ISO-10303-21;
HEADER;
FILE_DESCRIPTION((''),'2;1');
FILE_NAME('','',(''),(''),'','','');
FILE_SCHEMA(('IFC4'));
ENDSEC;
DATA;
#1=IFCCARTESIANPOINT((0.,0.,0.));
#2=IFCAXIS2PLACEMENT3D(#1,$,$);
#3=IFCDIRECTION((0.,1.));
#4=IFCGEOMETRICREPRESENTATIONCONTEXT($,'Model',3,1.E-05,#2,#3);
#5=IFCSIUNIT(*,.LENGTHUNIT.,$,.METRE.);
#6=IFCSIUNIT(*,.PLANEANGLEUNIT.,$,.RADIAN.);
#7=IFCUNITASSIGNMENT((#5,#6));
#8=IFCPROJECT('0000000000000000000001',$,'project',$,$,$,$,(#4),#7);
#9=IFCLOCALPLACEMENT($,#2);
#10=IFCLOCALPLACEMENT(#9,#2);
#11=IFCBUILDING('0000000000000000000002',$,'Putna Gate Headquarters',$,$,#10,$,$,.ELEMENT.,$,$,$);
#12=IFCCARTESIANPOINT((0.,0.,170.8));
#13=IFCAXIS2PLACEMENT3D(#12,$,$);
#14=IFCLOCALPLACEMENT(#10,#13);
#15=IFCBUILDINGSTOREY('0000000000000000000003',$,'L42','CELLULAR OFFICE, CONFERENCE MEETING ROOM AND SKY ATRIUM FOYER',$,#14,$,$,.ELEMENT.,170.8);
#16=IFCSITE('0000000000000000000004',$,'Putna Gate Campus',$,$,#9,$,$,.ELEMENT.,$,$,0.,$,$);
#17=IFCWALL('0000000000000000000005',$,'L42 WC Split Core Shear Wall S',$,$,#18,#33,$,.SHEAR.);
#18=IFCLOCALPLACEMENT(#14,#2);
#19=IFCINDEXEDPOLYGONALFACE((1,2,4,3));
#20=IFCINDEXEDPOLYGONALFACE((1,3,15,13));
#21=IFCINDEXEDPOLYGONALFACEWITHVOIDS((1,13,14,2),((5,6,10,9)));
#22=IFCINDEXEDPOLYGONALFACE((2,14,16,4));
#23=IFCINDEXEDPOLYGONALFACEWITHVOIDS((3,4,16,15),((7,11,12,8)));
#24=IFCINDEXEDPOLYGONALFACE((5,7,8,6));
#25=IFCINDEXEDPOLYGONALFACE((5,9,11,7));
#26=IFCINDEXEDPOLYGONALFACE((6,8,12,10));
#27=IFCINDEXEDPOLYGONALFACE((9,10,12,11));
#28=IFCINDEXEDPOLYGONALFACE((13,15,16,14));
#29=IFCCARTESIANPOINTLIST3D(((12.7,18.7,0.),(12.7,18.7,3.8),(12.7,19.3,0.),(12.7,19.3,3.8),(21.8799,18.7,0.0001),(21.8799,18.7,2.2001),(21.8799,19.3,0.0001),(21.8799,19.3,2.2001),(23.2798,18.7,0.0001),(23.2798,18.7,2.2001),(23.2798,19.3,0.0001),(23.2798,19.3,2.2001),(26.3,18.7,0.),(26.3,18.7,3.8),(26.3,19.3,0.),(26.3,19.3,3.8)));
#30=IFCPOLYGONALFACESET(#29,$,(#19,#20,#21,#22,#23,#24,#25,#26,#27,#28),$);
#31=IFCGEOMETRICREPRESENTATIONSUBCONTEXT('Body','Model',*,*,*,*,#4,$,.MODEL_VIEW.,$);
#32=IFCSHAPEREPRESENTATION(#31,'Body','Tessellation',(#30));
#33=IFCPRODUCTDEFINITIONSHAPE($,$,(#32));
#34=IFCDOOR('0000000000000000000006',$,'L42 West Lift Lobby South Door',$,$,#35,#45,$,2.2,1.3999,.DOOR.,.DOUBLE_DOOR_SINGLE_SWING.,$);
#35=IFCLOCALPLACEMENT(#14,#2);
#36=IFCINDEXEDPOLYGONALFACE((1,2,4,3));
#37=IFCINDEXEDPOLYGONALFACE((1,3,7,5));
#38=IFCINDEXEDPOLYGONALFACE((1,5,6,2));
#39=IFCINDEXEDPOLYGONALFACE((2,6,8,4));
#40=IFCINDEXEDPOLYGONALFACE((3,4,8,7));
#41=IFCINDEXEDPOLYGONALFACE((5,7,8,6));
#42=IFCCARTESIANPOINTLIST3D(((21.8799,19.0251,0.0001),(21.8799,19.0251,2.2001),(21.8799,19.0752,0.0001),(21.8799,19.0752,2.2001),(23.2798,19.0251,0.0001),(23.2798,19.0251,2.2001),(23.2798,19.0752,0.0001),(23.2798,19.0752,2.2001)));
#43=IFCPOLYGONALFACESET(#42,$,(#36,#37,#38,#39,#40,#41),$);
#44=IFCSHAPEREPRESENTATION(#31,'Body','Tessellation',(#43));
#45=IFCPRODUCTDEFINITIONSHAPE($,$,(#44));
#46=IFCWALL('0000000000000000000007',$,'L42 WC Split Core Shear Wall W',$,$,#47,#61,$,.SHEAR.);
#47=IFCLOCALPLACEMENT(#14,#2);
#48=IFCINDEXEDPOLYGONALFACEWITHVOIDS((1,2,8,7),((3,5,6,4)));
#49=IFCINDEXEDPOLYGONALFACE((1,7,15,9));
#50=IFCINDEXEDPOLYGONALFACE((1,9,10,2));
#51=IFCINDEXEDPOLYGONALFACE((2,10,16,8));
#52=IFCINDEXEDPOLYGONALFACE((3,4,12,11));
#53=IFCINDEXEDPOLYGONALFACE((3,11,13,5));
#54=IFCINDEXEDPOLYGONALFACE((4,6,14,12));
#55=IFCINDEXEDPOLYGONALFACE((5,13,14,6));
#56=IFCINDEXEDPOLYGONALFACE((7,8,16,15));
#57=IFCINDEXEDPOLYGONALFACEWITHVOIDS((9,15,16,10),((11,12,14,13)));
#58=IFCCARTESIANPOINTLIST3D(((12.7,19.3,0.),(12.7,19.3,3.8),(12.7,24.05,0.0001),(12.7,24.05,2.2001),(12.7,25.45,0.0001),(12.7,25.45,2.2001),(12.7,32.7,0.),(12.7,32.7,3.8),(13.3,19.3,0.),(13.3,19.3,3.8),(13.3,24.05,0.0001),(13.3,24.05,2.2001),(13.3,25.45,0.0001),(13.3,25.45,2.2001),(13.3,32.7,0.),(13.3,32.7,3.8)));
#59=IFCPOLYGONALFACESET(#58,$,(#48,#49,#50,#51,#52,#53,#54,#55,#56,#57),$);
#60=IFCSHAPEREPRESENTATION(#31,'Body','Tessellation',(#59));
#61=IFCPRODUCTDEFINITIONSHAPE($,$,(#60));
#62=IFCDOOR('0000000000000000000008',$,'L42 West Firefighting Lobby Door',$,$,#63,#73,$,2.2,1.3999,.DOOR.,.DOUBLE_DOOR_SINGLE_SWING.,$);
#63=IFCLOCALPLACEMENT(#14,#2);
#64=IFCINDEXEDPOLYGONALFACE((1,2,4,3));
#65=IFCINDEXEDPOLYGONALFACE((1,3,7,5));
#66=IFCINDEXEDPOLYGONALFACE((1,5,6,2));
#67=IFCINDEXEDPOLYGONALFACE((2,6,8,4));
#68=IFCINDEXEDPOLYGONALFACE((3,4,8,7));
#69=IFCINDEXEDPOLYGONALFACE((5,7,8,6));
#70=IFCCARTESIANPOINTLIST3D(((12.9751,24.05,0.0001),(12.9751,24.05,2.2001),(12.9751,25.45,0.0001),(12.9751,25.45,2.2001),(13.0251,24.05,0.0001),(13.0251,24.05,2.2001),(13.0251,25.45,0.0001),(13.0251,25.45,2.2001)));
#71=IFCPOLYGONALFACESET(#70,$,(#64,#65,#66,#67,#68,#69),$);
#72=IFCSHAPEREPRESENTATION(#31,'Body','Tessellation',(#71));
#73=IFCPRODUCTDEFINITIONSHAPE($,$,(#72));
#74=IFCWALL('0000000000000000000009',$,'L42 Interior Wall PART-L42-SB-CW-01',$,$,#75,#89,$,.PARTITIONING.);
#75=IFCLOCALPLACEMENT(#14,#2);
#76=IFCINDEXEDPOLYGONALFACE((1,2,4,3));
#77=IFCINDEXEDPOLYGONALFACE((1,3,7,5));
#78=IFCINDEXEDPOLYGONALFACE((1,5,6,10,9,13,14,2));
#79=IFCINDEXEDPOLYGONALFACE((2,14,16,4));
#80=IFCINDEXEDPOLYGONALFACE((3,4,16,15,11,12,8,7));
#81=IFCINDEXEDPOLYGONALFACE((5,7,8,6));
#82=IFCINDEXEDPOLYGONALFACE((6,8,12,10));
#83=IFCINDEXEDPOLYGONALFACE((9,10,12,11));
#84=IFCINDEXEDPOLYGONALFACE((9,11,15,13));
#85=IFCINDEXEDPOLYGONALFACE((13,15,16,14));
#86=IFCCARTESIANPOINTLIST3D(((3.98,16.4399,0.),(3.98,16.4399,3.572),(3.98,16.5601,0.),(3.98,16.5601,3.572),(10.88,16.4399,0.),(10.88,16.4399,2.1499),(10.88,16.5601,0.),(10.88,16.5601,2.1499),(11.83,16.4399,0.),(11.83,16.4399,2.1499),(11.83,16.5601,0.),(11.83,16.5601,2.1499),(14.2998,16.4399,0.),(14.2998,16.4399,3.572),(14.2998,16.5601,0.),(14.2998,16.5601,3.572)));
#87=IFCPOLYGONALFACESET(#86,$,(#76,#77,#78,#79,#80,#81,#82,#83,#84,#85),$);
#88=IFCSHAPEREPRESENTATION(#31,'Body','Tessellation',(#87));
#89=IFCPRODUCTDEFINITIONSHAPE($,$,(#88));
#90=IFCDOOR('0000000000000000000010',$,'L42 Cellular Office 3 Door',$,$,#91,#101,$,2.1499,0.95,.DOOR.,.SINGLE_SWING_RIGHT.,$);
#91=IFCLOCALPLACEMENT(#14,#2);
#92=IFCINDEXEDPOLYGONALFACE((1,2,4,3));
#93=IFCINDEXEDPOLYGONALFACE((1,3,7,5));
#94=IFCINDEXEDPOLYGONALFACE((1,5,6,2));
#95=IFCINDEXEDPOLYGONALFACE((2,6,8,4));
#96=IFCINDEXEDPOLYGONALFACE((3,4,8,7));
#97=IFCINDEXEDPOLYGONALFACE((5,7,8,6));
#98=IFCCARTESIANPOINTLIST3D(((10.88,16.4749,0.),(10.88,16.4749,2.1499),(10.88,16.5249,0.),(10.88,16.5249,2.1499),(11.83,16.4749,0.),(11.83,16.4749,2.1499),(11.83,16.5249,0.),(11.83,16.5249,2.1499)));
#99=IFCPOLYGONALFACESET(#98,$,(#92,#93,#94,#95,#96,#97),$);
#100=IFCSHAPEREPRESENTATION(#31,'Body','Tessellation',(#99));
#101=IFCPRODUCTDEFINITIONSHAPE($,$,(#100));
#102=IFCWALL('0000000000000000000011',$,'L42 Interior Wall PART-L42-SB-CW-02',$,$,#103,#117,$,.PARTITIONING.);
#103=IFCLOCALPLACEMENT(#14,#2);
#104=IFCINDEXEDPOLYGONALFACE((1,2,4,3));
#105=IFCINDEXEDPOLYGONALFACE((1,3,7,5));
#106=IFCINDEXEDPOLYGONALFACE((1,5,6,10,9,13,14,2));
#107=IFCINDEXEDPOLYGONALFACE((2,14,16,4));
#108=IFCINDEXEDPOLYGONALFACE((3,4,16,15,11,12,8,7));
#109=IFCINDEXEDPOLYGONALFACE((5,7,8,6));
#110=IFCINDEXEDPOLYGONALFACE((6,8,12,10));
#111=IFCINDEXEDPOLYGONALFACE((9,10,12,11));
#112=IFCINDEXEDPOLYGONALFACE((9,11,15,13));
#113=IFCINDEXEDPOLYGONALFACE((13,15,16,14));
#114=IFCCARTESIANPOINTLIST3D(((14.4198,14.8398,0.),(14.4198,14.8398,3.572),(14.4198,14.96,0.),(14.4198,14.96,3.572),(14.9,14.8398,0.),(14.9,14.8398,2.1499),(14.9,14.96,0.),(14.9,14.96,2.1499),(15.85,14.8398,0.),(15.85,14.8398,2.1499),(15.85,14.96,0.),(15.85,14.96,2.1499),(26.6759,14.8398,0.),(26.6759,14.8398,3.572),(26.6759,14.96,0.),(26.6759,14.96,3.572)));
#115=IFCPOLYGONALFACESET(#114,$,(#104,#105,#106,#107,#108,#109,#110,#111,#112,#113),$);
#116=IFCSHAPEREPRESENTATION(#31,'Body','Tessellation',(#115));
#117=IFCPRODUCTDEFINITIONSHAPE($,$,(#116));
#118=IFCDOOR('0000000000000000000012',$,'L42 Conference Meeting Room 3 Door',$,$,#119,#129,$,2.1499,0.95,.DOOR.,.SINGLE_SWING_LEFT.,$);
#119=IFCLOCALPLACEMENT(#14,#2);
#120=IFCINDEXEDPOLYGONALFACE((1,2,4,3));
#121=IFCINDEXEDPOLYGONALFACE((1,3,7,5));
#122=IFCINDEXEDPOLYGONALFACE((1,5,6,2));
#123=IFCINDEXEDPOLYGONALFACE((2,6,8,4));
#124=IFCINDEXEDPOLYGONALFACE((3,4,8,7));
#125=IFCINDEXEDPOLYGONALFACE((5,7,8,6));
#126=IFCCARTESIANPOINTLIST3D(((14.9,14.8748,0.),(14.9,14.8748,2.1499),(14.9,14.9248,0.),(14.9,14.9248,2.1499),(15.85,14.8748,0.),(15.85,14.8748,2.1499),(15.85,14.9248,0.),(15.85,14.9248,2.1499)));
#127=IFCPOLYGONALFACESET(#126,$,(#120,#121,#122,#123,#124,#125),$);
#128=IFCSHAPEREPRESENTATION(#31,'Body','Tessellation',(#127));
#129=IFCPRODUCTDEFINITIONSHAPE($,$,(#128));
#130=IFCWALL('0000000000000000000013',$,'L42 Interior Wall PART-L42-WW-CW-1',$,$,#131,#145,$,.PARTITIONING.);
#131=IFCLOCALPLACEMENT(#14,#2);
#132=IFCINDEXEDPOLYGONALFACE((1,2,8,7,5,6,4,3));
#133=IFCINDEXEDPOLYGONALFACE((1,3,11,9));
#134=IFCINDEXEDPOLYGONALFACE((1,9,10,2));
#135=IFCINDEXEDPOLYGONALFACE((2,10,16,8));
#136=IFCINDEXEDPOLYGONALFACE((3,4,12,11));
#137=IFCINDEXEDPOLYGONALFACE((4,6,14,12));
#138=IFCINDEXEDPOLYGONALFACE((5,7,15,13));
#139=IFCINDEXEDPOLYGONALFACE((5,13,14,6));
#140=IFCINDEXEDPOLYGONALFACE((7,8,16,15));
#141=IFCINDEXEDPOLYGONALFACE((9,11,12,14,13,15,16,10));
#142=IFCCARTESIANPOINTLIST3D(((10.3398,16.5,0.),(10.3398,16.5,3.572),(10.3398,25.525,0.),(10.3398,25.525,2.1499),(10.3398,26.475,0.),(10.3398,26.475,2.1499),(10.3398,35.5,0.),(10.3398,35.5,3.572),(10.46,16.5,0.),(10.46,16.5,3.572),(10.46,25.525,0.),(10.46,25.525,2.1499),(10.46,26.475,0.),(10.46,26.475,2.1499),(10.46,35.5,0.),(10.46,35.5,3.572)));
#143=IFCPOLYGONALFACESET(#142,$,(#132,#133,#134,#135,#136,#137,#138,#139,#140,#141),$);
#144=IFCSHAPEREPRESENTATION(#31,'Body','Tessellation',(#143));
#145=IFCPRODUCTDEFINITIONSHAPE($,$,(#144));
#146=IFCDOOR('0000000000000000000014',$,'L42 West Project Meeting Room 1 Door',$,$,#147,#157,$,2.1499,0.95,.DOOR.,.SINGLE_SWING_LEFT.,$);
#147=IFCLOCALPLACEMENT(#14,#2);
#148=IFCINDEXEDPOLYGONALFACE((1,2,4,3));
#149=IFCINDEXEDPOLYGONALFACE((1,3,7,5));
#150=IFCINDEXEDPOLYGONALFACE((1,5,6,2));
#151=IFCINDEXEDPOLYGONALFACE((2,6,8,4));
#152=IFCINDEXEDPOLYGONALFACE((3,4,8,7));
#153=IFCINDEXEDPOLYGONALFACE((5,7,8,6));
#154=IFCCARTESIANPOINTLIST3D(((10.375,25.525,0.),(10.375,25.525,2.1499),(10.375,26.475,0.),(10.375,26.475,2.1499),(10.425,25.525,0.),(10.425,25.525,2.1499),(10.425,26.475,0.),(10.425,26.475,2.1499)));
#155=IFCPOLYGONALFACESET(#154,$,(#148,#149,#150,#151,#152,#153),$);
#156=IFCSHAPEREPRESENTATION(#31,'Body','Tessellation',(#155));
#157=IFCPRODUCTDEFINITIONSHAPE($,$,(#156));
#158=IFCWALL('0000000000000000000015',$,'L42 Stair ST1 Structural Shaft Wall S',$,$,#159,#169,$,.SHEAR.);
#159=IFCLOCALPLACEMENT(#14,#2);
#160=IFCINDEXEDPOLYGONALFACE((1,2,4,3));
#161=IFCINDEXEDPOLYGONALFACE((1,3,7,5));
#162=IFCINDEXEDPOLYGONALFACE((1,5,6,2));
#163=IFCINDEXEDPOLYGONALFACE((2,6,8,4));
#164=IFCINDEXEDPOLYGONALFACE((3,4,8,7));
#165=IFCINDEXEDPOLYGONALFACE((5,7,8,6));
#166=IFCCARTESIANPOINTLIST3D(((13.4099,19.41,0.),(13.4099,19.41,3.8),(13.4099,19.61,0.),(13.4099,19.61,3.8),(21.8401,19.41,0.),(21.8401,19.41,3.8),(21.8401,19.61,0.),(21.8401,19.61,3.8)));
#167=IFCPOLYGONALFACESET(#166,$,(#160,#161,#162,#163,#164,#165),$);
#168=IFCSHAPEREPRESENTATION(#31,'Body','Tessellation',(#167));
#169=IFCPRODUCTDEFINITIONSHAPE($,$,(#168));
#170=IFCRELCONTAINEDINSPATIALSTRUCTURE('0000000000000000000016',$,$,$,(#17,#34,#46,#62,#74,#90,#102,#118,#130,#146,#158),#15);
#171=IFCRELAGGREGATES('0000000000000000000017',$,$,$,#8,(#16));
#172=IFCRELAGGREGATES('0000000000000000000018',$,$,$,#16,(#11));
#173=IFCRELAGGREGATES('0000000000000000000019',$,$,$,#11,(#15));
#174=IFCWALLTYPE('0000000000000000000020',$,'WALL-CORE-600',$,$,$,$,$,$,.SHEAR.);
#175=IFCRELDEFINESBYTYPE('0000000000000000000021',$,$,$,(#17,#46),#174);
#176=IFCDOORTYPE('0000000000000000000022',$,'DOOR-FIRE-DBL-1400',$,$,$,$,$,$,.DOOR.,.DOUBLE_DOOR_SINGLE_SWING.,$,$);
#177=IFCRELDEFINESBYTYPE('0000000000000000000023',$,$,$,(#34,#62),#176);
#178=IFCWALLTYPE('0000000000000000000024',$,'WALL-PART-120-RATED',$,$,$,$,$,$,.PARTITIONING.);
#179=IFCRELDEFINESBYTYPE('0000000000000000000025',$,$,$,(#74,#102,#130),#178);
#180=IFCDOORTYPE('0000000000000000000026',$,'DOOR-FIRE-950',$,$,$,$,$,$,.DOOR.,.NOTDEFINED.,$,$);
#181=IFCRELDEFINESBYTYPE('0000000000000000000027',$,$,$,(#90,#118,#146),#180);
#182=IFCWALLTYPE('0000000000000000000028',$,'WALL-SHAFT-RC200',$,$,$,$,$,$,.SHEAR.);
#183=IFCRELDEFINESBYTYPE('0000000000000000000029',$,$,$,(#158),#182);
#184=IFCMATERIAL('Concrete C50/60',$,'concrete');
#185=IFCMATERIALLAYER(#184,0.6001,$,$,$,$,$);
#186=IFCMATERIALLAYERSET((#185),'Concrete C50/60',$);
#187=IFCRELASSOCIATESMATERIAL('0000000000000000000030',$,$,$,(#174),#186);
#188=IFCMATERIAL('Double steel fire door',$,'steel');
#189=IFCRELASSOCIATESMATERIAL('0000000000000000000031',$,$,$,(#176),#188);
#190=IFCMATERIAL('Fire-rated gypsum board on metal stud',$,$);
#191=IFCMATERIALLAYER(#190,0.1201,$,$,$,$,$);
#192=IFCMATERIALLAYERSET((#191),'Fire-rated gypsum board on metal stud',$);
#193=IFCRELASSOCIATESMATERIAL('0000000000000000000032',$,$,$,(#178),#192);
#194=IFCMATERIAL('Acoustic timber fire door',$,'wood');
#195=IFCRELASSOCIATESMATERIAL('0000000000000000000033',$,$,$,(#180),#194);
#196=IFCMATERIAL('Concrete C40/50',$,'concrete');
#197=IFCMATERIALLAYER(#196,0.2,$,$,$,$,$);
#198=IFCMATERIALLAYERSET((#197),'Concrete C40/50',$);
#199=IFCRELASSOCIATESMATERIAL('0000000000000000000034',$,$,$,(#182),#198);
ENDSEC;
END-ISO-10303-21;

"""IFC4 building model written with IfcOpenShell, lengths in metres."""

from ifc_helpers import new_model, si_unit, direction, frame, frame_2d, origin, place, context, subcontext, project, spatial, rectangle, extrude, material, layer, layer_set, type_object, element, fill, save


model = new_model("IFC4")

# Units and contexts
model_context = context("Model", 3, precision=1e-05, world=origin(), true_north=direction((0.0, 1.0)))
body_context = subcontext(model_context, "Body", "Model", "MODEL_VIEW")
ifc_project = project(units=[si_unit("LENGTHUNIT", "METRE"), si_unit("PLANEANGLEUNIT", "RADIAN")], contexts=[model_context])

# Site, building, storey
site_placement = place(None, origin())
site = spatial("IfcSite", under=ifc_project, at=site_placement, Name="Putna Gate Campus", CompositionType="ELEMENT", RefElevation=0.0)
building_placement = place(site_placement, origin())
building = spatial("IfcBuilding", under=site, at=building_placement, Name="Putna Gate Headquarters", CompositionType="ELEMENT")
storey_placement = place(building_placement, frame((0.0, 0.0, 170.8)))
storey = spatial("IfcBuildingStorey", under=building, at=storey_placement, Name="L42", Description="CELLULAR OFFICE, CONFERENCE MEETING ROOM AND SKY ATRIUM FOYER", CompositionType="ELEMENT", Elevation=170.8)

# Shared definitions
ifc_material_1 = material(Name="Concrete C50/60", Category="concrete")

# Walls, openings, doors
ifc_layer_1 = layer(ifc_material_1, 0.6001)
ifc_layer_set_1 = layer_set([ifc_layer_1], Name="Concrete C50/60")
wall_type_1 = type_object("IfcWallType", Name="WALL-CORE-600", PredefinedType="SHEAR", material=ifc_layer_set_1)
wall_1_placement = place(storey_placement, frame((12.7, 19.0, 0.0), z_axis=(0.0, 0.0, 1.0), x_axis=(1.0, 0.0, 0.0)))
wall_1 = element("IfcWall", 1, at=wall_1_placement, inside=storey, type_object=wall_type_1, Name="L42 WC Split Core Shear Wall S", PredefinedType="SHEAR", context=body_context, shape_type="SweptSolid", body=[
    extrude(rectangle(XDim=13.6001, YDim=0.6001, at=frame_2d((6.8, 0.0))), origin(), (0.0, 0.0, 1.0), 3.8),
])
opening_1_placement = place(wall_1_placement, frame((9.1799, 0.0, 0.0)))
opening_1 = element("IfcOpeningElement", 2, at=opening_1_placement, cuts=wall_1, PredefinedType="OPENING", context=body_context, shape_type="SweptSolid", body=[
    extrude(rectangle(XDim=1.3999, YDim=2.2, at=frame_2d((0.7, 1.1001))), frame((0.0, 0.3101, 0.0), z_axis=(0.0, -1.0, 0.0), x_axis=(1.0, 0.0, 0.0)), (0.0, 0.0, 1.0), 0.6201),
])
ifc_material_2 = material(Name="Double steel fire door", Category="steel")
door_type_1 = type_object("IfcDoorType", Name="DOOR-FIRE-DBL-1400", OperationType="DOUBLE_DOOR_SINGLE_SWING", PredefinedType="DOOR", material=ifc_material_2)
door_1_placement = place(opening_1_placement, origin())
door_1 = element("IfcDoor", 3, at=door_1_placement, inside=storey, type_object=door_type_1, Name="L42 West Lift Lobby South Door", OperationType="DOUBLE_DOOR_SINGLE_SWING", OverallHeight=2.2, OverallWidth=1.3999, PredefinedType="DOOR", context=body_context, shape_type="SweptSolid", body=[
    extrude(rectangle(XDim=1.3999, YDim=2.2, at=frame_2d((0.7, 1.1001))), frame((0.0, 0.0752, 0.0), z_axis=(0.0, -1.0, 0.0), x_axis=(1.0, 0.0, 0.0)), (0.0, 0.0, 1.0), 0.05),
])
fill(opening_1, door_1)
wall_2_placement = place(storey_placement, frame((13.0, 19.3, 0.0), z_axis=(0.0, 0.0, 1.0), x_axis=(0.0, 1.0, 0.0)))
wall_2 = element("IfcWall", 4, at=wall_2_placement, inside=storey, type_object=wall_type_1, Name="L42 WC Split Core Shear Wall W", PredefinedType="SHEAR", context=body_context, shape_type="SweptSolid", body=[
    extrude(rectangle(XDim=13.3999, YDim=0.6001, at=frame_2d((6.7, 0.0))), origin(), (0.0, 0.0, 1.0), 3.8),
])
opening_2_placement = place(wall_2_placement, frame((4.75, 0.0, 0.0)))
opening_2 = element("IfcOpeningElement", 5, at=opening_2_placement, cuts=wall_2, PredefinedType="OPENING", context=body_context, shape_type="SweptSolid", body=[
    extrude(rectangle(XDim=1.3999, YDim=2.2, at=frame_2d((0.7, 1.1001))), frame((0.0, 0.3101, 0.0), z_axis=(0.0, -1.0, 0.0), x_axis=(1.0, 0.0, 0.0)), (0.0, 0.0, 1.0), 0.6201),
])
door_2_placement = place(opening_2_placement, origin())
door_2 = element("IfcDoor", 6, at=door_2_placement, inside=storey, type_object=door_type_1, Name="L42 West Firefighting Lobby Door", OperationType="DOUBLE_DOOR_SINGLE_SWING", OverallHeight=2.2, OverallWidth=1.3999, PredefinedType="DOOR", context=body_context, shape_type="SweptSolid", body=[
    extrude(rectangle(XDim=1.3999, YDim=2.2, at=frame_2d((0.7, 1.1001))), frame((0.0, 0.0249, 0.0), z_axis=(0.0, -1.0, 0.0), x_axis=(1.0, 0.0, 0.0)), (0.0, 0.0, 1.0), 0.05),
])
fill(opening_2, door_2)
ifc_material_3 = material(Name="Fire-rated gypsum board on metal stud")
ifc_layer_2 = layer(ifc_material_3, 0.1201)
ifc_layer_set_2 = layer_set([ifc_layer_2], Name="Fire-rated gypsum board on metal stud")
wall_type_2 = type_object("IfcWallType", Name="WALL-PART-120-RATED", PredefinedType="PARTITIONING", material=ifc_layer_set_2)
wall_3_placement = place(storey_placement, frame((3.98, 16.5, 0.0), z_axis=(0.0, 0.0, 1.0), x_axis=(1.0, 0.0, 0.0)))
wall_3 = element("IfcWall", 7, at=wall_3_placement, inside=storey, type_object=wall_type_2, Name="L42 Interior Wall PART-L42-SB-CW-01", PredefinedType="PARTITIONING", context=body_context, shape_type="SweptSolid", body=[
    extrude(rectangle(XDim=10.3198, YDim=0.1201, at=frame_2d((5.1599, 0.0))), origin(), (0.0, 0.0, 1.0), 3.572),
])
opening_3_placement = place(wall_3_placement, frame((6.8999, 0.0, 0.0)))
opening_3 = element("IfcOpeningElement", 8, at=opening_3_placement, cuts=wall_3, PredefinedType="OPENING", context=body_context, shape_type="SweptSolid", body=[
    extrude(rectangle(XDim=0.95, YDim=2.1499, at=frame_2d((0.4751, 1.075))), frame((0.0, 0.0701, 0.0), z_axis=(0.0, -1.0, 0.0), x_axis=(1.0, 0.0, 0.0)), (0.0, 0.0, 1.0), 0.1401),
])
ifc_material_4 = material(Name="Acoustic timber fire door", Category="wood")
door_type_2 = type_object("IfcDoorType", Name="DOOR-FIRE-950", OperationType="NOTDEFINED", PredefinedType="DOOR", material=ifc_material_4)
door_3_placement = place(opening_3_placement, origin())
door_3 = element("IfcDoor", 9, at=door_3_placement, inside=storey, type_object=door_type_2, Name="L42 Cellular Office 3 Door", OperationType="SINGLE_SWING_RIGHT", OverallHeight=2.1499, OverallWidth=0.95, PredefinedType="DOOR", context=body_context, shape_type="SweptSolid", body=[
    extrude(rectangle(XDim=0.95, YDim=2.1499, at=frame_2d((0.4751, 1.075))), frame((0.0, 0.0249, 0.0), z_axis=(0.0, -1.0, 0.0), x_axis=(1.0, 0.0, 0.0)), (0.0, 0.0, 1.0), 0.05),
])
fill(opening_3, door_3)
wall_4_placement = place(storey_placement, frame((14.4199, 14.8999, 0.0), z_axis=(0.0, 0.0, 1.0), x_axis=(1.0, 0.0, 0.0)))
wall_4 = element("IfcWall", 10, at=wall_4_placement, inside=storey, type_object=wall_type_2, Name="L42 Interior Wall PART-L42-SB-CW-02", PredefinedType="PARTITIONING", context=body_context, shape_type="SweptSolid", body=[
    extrude(rectangle(XDim=12.2561, YDim=0.1201, at=frame_2d((6.1279, 0.0))), origin(), (0.0, 0.0, 1.0), 3.572),
])
opening_4_placement = place(wall_4_placement, frame((0.48, 0.0, 0.0)))
opening_4 = element("IfcOpeningElement", 11, at=opening_4_placement, cuts=wall_4, PredefinedType="OPENING", context=body_context, shape_type="SweptSolid", body=[
    extrude(rectangle(XDim=0.95, YDim=2.1499, at=frame_2d((0.4751, 1.075))), frame((0.0, 0.0701, 0.0), z_axis=(0.0, -1.0, 0.0), x_axis=(1.0, 0.0, 0.0)), (0.0, 0.0, 1.0), 0.1401),
])
door_4_placement = place(opening_4_placement, origin())
door_4 = element("IfcDoor", 12, at=door_4_placement, inside=storey, type_object=door_type_2, Name="L42 Conference Meeting Room 3 Door", OperationType="SINGLE_SWING_LEFT", OverallHeight=2.1499, OverallWidth=0.95, PredefinedType="DOOR", context=body_context, shape_type="SweptSolid", body=[
    extrude(rectangle(XDim=0.95, YDim=2.1499, at=frame_2d((0.4751, 1.075))), frame((0.0, 0.0249, 0.0), z_axis=(0.0, -1.0, 0.0), x_axis=(1.0, 0.0, 0.0)), (0.0, 0.0, 1.0), 0.05),
])
fill(opening_4, door_4)
wall_5_placement = place(storey_placement, frame((10.3999, 16.5, 0.0), z_axis=(0.0, 0.0, 1.0), x_axis=(0.0, 1.0, 0.0)))
wall_5 = element("IfcWall", 13, at=wall_5_placement, inside=storey, type_object=wall_type_2, Name="L42 Interior Wall PART-L42-WW-CW-1", PredefinedType="PARTITIONING", context=body_context, shape_type="SweptSolid", body=[
    extrude(rectangle(XDim=19.0, YDim=0.1201, at=frame_2d((9.5, 0.0))), origin(), (0.0, 0.0, 1.0), 3.572),
])
opening_5_placement = place(wall_5_placement, frame((9.0249, 0.0, 0.0)))
opening_5 = element("IfcOpeningElement", 14, at=opening_5_placement, cuts=wall_5, PredefinedType="OPENING", context=body_context, shape_type="SweptSolid", body=[
    extrude(rectangle(XDim=0.95, YDim=2.1499, at=frame_2d((0.4751, 1.075))), frame((0.0, 0.0701, 0.0), z_axis=(0.0, -1.0, 0.0), x_axis=(1.0, 0.0, 0.0)), (0.0, 0.0, 1.0), 0.1401),
])
door_5_placement = place(opening_5_placement, origin())
door_5 = element("IfcDoor", 15, at=door_5_placement, inside=storey, type_object=door_type_2, Name="L42 West Project Meeting Room 1 Door", OperationType="SINGLE_SWING_LEFT", OverallHeight=2.1499, OverallWidth=0.95, PredefinedType="DOOR", context=body_context, shape_type="SweptSolid", body=[
    extrude(rectangle(XDim=0.95, YDim=2.1499, at=frame_2d((0.4751, 1.075))), frame((0.0, 0.0249, 0.0), z_axis=(0.0, -1.0, 0.0), x_axis=(1.0, 0.0, 0.0)), (0.0, 0.0, 1.0), 0.05),
])
fill(opening_5, door_5)

# Wall
ifc_material_5 = material(Name="Concrete C40/50", Category="concrete")
ifc_layer_3 = layer(ifc_material_5, 0.2)
ifc_layer_set_3 = layer_set([ifc_layer_3], Name="Concrete C40/50")
wall_type_3 = type_object("IfcWallType", Name="WALL-SHAFT-RC200", PredefinedType="SHEAR", material=ifc_layer_set_3)
wall_6_placement = place(storey_placement, frame((13.4099, 19.51, 0.0), z_axis=(0.0, 0.0, 1.0), x_axis=(1.0, 0.0, 0.0)))
element("IfcWall", 16, at=wall_6_placement, inside=storey, type_object=wall_type_3, Name="L42 Stair ST1 Structural Shaft Wall S", PredefinedType="SHEAR", context=body_context, shape_type="SweptSolid", body=[
    extrude(rectangle(XDim=8.4302, YDim=0.2, at=frame_2d((4.2151, 0.0))), origin(), (0.0, 0.0, 1.0), 3.8),
])

save(model, "model.ifc")
